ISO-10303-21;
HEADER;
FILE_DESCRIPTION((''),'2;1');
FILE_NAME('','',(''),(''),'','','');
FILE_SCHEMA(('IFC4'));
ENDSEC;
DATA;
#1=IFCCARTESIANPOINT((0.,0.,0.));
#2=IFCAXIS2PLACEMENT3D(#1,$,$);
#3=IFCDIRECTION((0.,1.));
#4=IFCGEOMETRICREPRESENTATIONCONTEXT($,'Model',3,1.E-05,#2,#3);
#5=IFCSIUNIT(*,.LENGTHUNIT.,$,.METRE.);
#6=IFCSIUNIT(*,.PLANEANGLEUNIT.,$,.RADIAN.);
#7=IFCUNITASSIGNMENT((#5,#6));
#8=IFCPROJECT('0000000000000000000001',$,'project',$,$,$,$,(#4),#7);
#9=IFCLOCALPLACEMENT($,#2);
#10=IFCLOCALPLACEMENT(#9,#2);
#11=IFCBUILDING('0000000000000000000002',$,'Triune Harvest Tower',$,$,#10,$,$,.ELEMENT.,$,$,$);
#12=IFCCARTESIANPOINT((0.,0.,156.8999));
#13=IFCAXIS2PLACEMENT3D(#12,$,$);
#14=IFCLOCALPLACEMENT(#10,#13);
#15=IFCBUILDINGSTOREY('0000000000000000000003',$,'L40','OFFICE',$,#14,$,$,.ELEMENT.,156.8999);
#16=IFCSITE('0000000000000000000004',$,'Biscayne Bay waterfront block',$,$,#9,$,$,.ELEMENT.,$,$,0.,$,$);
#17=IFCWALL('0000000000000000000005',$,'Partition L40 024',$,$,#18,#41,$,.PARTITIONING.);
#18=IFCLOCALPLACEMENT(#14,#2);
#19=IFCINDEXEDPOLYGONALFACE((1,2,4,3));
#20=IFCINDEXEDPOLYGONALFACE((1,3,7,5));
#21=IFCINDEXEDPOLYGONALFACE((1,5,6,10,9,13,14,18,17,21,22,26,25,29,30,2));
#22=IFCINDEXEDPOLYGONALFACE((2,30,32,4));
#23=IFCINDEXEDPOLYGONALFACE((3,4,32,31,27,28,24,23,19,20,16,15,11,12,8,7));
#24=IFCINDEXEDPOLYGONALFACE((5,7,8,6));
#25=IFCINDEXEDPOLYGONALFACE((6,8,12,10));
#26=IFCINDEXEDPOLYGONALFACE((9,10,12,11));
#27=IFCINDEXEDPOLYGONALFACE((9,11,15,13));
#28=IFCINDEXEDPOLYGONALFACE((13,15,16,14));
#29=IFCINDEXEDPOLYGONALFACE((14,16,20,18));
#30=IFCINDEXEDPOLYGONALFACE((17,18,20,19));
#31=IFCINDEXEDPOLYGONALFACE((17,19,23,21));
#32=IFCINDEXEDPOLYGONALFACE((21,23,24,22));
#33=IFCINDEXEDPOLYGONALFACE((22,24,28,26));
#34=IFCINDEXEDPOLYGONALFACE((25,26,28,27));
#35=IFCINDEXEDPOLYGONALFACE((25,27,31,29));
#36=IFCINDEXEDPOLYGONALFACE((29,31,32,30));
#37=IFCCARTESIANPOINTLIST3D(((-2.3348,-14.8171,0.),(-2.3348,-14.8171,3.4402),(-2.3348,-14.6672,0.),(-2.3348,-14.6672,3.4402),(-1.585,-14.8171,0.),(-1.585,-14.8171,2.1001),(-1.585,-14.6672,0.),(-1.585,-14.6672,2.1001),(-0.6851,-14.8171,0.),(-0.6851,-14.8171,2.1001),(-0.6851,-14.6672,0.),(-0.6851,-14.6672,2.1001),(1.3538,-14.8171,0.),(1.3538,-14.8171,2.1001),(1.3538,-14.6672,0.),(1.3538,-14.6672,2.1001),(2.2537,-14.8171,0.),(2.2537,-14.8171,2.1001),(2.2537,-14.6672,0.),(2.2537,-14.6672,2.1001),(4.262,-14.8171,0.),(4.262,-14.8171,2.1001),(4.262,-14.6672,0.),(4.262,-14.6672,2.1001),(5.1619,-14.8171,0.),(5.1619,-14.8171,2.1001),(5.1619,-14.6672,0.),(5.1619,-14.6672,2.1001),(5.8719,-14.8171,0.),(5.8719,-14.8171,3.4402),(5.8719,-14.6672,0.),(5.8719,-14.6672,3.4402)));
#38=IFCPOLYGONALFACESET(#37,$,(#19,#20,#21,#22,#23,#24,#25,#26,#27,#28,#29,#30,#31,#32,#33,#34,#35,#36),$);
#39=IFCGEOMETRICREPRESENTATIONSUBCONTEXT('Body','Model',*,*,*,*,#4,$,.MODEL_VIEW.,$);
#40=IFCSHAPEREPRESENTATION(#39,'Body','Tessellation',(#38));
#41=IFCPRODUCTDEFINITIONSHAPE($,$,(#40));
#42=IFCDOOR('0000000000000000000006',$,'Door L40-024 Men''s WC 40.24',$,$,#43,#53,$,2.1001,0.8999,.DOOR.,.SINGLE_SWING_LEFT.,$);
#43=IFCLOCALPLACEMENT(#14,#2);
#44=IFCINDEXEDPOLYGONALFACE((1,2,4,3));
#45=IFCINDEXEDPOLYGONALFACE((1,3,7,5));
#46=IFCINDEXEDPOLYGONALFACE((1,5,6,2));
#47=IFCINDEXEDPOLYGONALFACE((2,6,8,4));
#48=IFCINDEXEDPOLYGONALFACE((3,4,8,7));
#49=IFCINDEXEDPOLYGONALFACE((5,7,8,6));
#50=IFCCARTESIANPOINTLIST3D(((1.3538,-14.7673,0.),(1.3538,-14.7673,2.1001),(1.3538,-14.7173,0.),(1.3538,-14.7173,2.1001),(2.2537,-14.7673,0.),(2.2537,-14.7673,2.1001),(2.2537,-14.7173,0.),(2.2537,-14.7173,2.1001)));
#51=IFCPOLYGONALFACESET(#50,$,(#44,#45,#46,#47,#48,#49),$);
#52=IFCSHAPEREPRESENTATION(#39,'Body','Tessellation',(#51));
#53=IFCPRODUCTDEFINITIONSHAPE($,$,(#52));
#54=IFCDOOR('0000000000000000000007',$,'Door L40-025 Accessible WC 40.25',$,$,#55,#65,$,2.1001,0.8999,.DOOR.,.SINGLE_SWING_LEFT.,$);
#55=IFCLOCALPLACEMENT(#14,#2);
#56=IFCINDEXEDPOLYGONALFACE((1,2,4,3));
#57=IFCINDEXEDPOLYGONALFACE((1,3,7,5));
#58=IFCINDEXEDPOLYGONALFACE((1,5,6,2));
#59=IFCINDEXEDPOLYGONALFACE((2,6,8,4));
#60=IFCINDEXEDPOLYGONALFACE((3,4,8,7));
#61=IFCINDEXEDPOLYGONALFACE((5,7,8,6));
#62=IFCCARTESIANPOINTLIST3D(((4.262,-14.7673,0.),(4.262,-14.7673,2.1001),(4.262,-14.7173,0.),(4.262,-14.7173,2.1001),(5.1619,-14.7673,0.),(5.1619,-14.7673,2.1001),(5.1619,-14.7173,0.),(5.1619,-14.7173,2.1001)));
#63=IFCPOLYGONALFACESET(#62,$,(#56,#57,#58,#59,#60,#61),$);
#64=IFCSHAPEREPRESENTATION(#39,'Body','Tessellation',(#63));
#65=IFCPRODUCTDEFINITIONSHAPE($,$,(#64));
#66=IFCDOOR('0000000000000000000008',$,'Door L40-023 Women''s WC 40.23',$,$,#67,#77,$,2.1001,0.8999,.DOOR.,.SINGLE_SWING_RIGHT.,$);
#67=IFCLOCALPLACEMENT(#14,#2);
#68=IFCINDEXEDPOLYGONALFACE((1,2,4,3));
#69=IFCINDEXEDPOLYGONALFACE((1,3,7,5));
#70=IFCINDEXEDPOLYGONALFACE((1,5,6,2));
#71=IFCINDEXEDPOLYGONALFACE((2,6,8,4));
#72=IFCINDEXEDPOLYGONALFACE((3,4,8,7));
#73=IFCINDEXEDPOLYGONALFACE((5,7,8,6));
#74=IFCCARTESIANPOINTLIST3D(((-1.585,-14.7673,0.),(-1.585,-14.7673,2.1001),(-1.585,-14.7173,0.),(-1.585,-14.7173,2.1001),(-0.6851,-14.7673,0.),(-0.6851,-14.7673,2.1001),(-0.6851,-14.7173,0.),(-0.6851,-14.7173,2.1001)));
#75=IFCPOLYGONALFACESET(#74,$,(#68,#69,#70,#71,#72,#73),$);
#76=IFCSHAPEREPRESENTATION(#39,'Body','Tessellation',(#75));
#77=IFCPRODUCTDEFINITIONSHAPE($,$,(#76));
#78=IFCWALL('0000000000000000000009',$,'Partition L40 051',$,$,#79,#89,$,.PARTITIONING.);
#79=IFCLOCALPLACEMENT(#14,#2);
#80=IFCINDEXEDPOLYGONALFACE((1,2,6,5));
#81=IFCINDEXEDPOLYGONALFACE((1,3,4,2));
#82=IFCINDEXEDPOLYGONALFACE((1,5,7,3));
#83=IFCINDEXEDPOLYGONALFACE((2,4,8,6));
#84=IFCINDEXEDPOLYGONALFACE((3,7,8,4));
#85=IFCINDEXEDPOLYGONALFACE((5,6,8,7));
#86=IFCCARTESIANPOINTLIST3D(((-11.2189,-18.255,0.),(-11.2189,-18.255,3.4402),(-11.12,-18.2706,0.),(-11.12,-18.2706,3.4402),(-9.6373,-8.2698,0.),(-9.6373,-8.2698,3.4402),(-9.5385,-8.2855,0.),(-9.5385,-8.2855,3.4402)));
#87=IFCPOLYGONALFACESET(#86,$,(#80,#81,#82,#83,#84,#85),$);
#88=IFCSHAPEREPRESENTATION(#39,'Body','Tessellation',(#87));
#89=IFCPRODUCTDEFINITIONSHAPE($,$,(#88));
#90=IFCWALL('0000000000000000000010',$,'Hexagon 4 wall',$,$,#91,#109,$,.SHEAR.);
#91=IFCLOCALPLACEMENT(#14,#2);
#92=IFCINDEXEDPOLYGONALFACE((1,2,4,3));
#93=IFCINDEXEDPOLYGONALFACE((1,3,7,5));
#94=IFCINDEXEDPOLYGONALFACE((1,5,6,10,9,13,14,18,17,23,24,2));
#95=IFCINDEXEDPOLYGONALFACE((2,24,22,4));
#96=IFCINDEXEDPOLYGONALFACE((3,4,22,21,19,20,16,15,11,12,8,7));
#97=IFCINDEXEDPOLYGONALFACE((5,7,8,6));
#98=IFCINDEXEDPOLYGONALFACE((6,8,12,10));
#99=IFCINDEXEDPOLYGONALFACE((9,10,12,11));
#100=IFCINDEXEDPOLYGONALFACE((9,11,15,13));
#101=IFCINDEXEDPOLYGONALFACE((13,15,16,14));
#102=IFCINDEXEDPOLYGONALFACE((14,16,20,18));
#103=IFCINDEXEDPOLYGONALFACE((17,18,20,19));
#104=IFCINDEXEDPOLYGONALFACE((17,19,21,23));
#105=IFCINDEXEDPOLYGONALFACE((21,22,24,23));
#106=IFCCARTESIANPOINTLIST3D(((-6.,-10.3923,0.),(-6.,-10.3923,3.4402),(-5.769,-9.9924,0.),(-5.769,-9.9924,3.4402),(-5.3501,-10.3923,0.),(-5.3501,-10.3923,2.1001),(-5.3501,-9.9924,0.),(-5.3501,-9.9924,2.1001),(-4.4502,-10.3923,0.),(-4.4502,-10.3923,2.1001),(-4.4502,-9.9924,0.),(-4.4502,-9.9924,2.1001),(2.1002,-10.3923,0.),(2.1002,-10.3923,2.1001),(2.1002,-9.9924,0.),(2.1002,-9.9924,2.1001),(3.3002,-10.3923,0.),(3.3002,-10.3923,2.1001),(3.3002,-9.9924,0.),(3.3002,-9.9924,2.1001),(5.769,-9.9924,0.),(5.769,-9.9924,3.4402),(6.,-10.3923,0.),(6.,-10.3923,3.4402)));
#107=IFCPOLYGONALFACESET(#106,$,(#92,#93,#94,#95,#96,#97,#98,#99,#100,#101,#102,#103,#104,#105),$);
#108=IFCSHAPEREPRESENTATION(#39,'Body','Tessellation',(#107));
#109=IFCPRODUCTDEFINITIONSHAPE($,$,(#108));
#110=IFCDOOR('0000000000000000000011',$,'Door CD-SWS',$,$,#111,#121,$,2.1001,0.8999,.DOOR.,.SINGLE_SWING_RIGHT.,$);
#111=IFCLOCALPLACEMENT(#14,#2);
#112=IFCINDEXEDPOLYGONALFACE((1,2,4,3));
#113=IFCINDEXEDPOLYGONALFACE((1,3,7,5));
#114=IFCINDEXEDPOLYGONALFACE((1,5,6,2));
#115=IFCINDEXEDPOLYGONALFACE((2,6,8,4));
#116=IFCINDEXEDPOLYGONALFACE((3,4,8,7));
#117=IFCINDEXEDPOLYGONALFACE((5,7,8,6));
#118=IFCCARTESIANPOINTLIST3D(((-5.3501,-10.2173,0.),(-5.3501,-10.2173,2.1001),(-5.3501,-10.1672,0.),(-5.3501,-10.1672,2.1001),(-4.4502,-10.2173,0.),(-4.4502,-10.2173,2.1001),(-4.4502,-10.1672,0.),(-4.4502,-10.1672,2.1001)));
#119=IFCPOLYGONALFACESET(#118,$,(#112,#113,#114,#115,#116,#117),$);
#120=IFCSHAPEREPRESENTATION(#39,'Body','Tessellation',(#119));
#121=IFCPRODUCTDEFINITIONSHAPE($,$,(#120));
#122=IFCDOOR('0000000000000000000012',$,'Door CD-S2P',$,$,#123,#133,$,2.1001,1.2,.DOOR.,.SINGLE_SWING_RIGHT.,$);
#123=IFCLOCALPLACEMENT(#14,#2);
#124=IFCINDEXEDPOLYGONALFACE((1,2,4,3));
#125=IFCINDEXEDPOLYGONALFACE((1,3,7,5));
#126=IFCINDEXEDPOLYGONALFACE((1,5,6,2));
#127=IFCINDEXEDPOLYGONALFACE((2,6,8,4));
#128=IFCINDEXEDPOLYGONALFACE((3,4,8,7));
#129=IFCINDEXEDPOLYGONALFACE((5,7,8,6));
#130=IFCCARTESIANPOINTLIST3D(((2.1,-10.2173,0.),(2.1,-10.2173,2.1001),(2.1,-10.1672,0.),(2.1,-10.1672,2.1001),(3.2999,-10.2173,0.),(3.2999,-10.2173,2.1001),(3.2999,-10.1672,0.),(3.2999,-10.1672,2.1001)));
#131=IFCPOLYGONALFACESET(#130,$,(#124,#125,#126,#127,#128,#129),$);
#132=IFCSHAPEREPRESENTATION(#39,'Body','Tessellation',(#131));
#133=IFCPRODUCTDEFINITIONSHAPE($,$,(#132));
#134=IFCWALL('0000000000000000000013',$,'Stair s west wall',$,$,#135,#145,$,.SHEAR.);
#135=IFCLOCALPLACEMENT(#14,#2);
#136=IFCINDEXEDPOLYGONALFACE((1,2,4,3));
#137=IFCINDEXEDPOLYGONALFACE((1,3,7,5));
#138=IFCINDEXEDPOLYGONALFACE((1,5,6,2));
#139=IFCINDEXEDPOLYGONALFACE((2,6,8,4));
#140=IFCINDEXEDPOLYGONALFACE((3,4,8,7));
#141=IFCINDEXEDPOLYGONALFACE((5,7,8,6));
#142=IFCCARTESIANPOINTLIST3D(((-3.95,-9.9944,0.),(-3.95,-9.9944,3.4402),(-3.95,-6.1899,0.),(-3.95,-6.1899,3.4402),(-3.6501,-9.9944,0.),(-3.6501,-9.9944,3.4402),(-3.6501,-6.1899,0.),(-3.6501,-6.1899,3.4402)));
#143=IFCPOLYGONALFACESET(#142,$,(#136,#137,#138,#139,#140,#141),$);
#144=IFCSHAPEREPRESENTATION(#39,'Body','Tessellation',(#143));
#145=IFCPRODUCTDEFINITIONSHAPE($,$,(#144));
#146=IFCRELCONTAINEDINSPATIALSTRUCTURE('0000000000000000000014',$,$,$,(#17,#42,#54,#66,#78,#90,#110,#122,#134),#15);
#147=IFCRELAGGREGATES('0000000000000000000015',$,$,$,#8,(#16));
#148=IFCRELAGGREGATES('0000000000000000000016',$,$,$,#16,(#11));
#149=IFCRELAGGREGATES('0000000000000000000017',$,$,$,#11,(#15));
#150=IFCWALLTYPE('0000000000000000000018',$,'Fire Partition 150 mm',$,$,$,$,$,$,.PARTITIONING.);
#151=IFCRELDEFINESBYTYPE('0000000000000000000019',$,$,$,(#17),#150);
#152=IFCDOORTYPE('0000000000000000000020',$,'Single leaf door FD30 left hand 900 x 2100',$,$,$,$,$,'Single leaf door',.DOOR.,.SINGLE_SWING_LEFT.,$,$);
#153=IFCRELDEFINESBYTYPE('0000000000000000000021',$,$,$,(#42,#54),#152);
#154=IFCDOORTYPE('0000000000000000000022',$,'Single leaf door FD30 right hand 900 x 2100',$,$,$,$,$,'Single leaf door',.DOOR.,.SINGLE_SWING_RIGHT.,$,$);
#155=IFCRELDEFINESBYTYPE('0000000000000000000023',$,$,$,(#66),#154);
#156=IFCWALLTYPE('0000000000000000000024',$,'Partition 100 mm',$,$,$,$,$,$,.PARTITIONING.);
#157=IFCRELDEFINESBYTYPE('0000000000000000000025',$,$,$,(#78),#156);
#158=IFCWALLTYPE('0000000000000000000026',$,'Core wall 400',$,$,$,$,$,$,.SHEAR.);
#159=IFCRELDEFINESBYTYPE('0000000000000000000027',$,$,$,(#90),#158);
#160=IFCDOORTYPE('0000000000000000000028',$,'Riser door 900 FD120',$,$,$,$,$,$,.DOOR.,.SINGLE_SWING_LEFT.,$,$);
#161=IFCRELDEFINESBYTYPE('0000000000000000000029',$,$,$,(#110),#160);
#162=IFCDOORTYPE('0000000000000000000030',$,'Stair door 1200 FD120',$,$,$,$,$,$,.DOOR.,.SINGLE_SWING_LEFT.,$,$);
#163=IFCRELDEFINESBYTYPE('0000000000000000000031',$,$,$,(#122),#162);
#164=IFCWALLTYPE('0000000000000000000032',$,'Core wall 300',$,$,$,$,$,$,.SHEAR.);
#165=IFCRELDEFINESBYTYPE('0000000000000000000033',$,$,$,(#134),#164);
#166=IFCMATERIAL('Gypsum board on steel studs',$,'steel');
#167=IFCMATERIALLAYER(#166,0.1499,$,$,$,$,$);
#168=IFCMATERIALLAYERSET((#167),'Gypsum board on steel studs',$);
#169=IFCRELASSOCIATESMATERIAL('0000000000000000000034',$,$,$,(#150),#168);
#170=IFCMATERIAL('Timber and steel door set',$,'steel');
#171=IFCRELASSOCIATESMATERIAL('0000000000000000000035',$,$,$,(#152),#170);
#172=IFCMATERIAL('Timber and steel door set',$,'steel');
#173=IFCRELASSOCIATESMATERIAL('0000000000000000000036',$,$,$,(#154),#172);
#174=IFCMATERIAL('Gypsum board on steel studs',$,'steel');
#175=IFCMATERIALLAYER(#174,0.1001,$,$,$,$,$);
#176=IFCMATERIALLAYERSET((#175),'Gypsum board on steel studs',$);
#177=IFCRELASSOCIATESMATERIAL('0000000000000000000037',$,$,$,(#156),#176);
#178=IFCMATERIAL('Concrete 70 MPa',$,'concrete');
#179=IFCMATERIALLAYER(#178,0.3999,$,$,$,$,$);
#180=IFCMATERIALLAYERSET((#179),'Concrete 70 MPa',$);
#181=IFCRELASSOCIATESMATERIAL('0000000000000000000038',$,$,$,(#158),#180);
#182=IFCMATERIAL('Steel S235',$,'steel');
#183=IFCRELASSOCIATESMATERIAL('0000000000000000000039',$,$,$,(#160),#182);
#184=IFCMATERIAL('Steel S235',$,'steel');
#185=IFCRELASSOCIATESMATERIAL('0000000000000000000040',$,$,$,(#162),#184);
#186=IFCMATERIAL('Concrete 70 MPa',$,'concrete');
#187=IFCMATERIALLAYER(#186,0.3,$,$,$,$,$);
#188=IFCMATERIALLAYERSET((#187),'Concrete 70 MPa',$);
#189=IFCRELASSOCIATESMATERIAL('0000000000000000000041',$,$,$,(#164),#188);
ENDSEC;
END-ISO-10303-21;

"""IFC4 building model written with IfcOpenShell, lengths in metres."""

from ifc_helpers import new_model, si_unit, direction, frame, frame_2d, origin, place, context, subcontext, project, spatial, polyline, rectangle, outline, extrude, source, transform, mapped, material, layer, layer_set, type_object, element, fill, save


model = new_model("IFC4")

# Units and contexts
model_context = context("Model", 3, precision=1e-05, world=origin(), true_north=direction((0.0, 1.0)))
body_context = subcontext(model_context, "Body", "Model", "MODEL_VIEW")
ifc_project = project(units=[si_unit("LENGTHUNIT", "METRE"), si_unit("PLANEANGLEUNIT", "RADIAN")], contexts=[model_context])

# Site, building, storey
site_placement = place(None, origin())
site = spatial("IfcSite", under=ifc_project, at=site_placement, Name="Biscayne Bay waterfront block", CompositionType="ELEMENT", RefElevation=0.0)
building_placement = place(site_placement, origin())
building = spatial("IfcBuilding", under=site, at=building_placement, Name="Triune Harvest Tower", CompositionType="ELEMENT")
storey_placement = place(building_placement, frame((0.0, 0.0, 156.8999)))
storey = spatial("IfcBuildingStorey", under=building, at=storey_placement, Name="L40", Description="OFFICE", CompositionType="ELEMENT", Elevation=156.8999)

# Wall, openings, doors
ifc_material_1 = material(Name="Gypsum board on steel studs", Category="steel")
ifc_layer_1 = layer(ifc_material_1, 0.1499)
ifc_layer_set_1 = layer_set([ifc_layer_1], Name="Gypsum board on steel studs")
wall_type_1 = type_object("IfcWallType", Name="Fire Partition 150 mm", PredefinedType="PARTITIONING", material=ifc_layer_set_1)
wall_1_placement = place(storey_placement, frame((-2.335, -14.7422, 0.0), z_axis=(0.0, 0.0, 1.0), x_axis=(1.0, 0.0, 0.0)))
wall_1 = element("IfcWall", 1, at=wall_1_placement, inside=storey, type_object=wall_type_1, Name="Partition L40 024", PredefinedType="PARTITIONING", context=body_context, shape_type="SweptSolid", body=[
    extrude(rectangle(XDim=8.2068, YDim=0.1499, at=frame_2d((4.1035, 0.0))), origin(), (0.0, 0.0, 1.0), 3.4402),
])
opening_1_placement = place(wall_1_placement, frame((0.75, 0.0, 0.0)))
opening_1 = element("IfcOpeningElement", 2, at=opening_1_placement, cuts=wall_1, PredefinedType="OPENING", context=body_context, shape_type="SweptSolid", body=[
    extrude(rectangle(XDim=0.8999, YDim=2.1001, at=frame_2d((0.45, 1.05))), frame((0.0, 0.085, 0.0), z_axis=(0.0, -1.0, 0.0), x_axis=(1.0, 0.0, 0.0)), (0.0, 0.0, 1.0), 0.1699),
])
opening_2_placement = place(wall_1_placement, frame((3.6887, 0.0, 0.0)))
opening_2 = element("IfcOpeningElement", 3, at=opening_2_placement, cuts=wall_1, PredefinedType="OPENING", context=body_context, shape_type="SweptSolid", body=[
    extrude(rectangle(XDim=0.8999, YDim=2.1001, at=frame_2d((0.45, 1.05))), frame((0.0, 0.085, 0.0), z_axis=(0.0, -1.0, 0.0), x_axis=(1.0, 0.0, 0.0)), (0.0, 0.0, 1.0), 0.1699),
])
opening_3_placement = place(wall_1_placement, frame((6.5969, 0.0, 0.0)))
opening_3 = element("IfcOpeningElement", 4, at=opening_3_placement, cuts=wall_1, PredefinedType="OPENING", context=body_context, shape_type="SweptSolid", body=[
    extrude(rectangle(XDim=0.8999, YDim=2.1001, at=frame_2d((0.45, 1.05))), frame((0.0, 0.085, 0.0), z_axis=(0.0, -1.0, 0.0), x_axis=(1.0, 0.0, 0.0)), (0.0, 0.0, 1.0), 0.1699),
])
ifc_material_2 = material(Name="Timber and steel door set", Category="steel")
door_type_1 = type_object("IfcDoorType", Name="Single leaf door FD30 left hand 900 x 2100", ElementType="Single leaf door", OperationType="SINGLE_SWING_LEFT", PredefinedType="DOOR", material=ifc_material_2)
door_1_placement = place(opening_2_placement, origin())
door_1 = element("IfcDoor", 5, at=door_1_placement, inside=storey, type_object=door_type_1, Name="Door L40-024 Men's WC 40.24", OperationType="SINGLE_SWING_LEFT", OverallHeight=2.1001, OverallWidth=0.8999, PredefinedType="DOOR", context=body_context, shape_type="SweptSolid", body=[
    extrude(rectangle(XDim=0.8999, YDim=2.1001, at=frame_2d((0.45, 1.05))), frame((0.0, 0.0249, 0.0), z_axis=(0.0, -1.0, 0.0), x_axis=(1.0, 0.0, 0.0)), (0.0, 0.0, 1.0), 0.05),
])
fill(opening_2, door_1)
door_2_placement = place(opening_3_placement, origin())
door_2 = element("IfcDoor", 6, at=door_2_placement, inside=storey, type_object=door_type_1, Name="Door L40-025 Accessible WC 40.25", OperationType="SINGLE_SWING_LEFT", OverallHeight=2.1001, OverallWidth=0.8999, PredefinedType="DOOR", context=body_context, shape_type="SweptSolid", body=[
    extrude(rectangle(XDim=0.8999, YDim=2.1001, at=frame_2d((0.45, 1.05))), frame((0.0, 0.0249, 0.0), z_axis=(0.0, -1.0, 0.0), x_axis=(1.0, 0.0, 0.0)), (0.0, 0.0, 1.0), 0.05),
])
fill(opening_3, door_2)
ifc_material_3 = material(Name="Timber and steel door set", Category="steel")
door_type_2 = type_object("IfcDoorType", Name="Single leaf door FD30 right hand 900 x 2100", ElementType="Single leaf door", OperationType="SINGLE_SWING_RIGHT", PredefinedType="DOOR", material=ifc_material_3)
door_3_placement = place(opening_1_placement, origin())
door_3 = element("IfcDoor", 7, at=door_3_placement, inside=storey, type_object=door_type_2, Name="Door L40-023 Women's WC 40.23", OperationType="SINGLE_SWING_RIGHT", OverallHeight=2.1001, OverallWidth=0.8999, PredefinedType="DOOR", context=body_context, shape_type="SweptSolid", body=[
    extrude(rectangle(XDim=0.8999, YDim=2.1001, at=frame_2d((0.45, 1.05))), frame((0.0, 0.0249, 0.0), z_axis=(0.0, -1.0, 0.0), x_axis=(1.0, 0.0, 0.0)), (0.0, 0.0, 1.0), 0.05),
])
fill(opening_1, door_3)

# Wall
ifc_material_4 = material(Name="Gypsum board on steel studs", Category="steel")
ifc_layer_2 = layer(ifc_material_4, 0.1001)
ifc_layer_set_2 = layer_set([ifc_layer_2], Name="Gypsum board on steel studs")
wall_type_2 = type_object("IfcWallType", Name="Partition 100 mm", PredefinedType="PARTITIONING", material=ifc_layer_set_2)
wall_2_placement = place(storey_placement, frame((-11.1694, -18.2627, 0.0), z_axis=(0.0, 0.0, 1.0), x_axis=(0.15644, 0.987687, 0.0)))
element("IfcWall", 8, at=wall_2_placement, inside=storey, type_object=wall_type_2, Name="Partition L40 051", PredefinedType="PARTITIONING", context=body_context, shape_type="SweptSolid", body=[
    extrude(rectangle(XDim=10.1096, YDim=0.1001, at=frame_2d((5.0547, 0.0))), origin(), (0.0, 0.0, 1.0), 3.4402),
])

# Wall, openings, doors
ifc_material_5 = material(Name="Concrete 70 MPa", Category="concrete")
ifc_layer_3 = layer(ifc_material_5, 0.3999)
ifc_layer_set_3 = layer_set([ifc_layer_3], Name="Concrete 70 MPa")
wall_type_3 = type_object("IfcWallType", Name="Core wall 400", PredefinedType="SHEAR", material=ifc_layer_set_3)
shared_shape_1 = source(origin(), body_context, "Body", "SweptSolid", [
    extrude(outline(polyline([(-0.1155, -0.2), (11.8845, -0.2), (11.6536, 0.2), (0.1155, 0.2), (-0.1155, -0.2)])), origin(), (0.0, 0.0, 1.0), 3.4402),
])
wall_3_placement = place(storey_placement, frame((-5.8845, -10.1924, 0.0), z_axis=(0.0, 0.0, 1.0), x_axis=(1.0, 0.0, 0.0)))
wall_3 = element("IfcWall", 9, at=wall_3_placement, inside=storey, type_object=wall_type_3, Name="Hexagon 4 wall", PredefinedType="SHEAR", context=body_context, shape_type="MappedRepresentation", body=[
    mapped(shared_shape_1, transform((0.0, 0.0, 0.0), scale=1.0)),
])
opening_4_placement = place(wall_3_placement, frame((7.9846, 0.0, 0.0)))
opening_4 = element("IfcOpeningElement", 10, at=opening_4_placement, cuts=wall_3, PredefinedType="OPENING", context=body_context, shape_type="SweptSolid", body=[
    extrude(rectangle(XDim=1.2, YDim=2.1001, at=frame_2d((0.6001, 1.05))), frame((0.0, 0.21, 0.0), z_axis=(0.0, -1.0, 0.0), x_axis=(1.0, 0.0, 0.0)), (0.0, 0.0, 1.0), 0.4199),
])
opening_5_placement = place(wall_3_placement, frame((0.5344, 0.0, 0.0)))
opening_5 = element("IfcOpeningElement", 11, at=opening_5_placement, cuts=wall_3, PredefinedType="OPENING", context=body_context, shape_type="SweptSolid", body=[
    extrude(rectangle(XDim=0.8999, YDim=2.1001, at=frame_2d((0.45, 1.05))), frame((0.0, 0.21, 0.0), z_axis=(0.0, -1.0, 0.0), x_axis=(1.0, 0.0, 0.0)), (0.0, 0.0, 1.0), 0.4199),
])
ifc_material_6 = material(Name="Steel S235", Category="steel")
door_type_3 = type_object("IfcDoorType", Name="Riser door 900 FD120", OperationType="SINGLE_SWING_LEFT", PredefinedType="DOOR", material=ifc_material_6)
door_4_placement = place(opening_5_placement, frame((0.8999, 0.0, 0.0), z_axis=(0.0, 0.0, 1.0), x_axis=(-1.0, 0.0, 0.0)))
door_4 = element("IfcDoor", 12, at=door_4_placement, inside=storey, type_object=door_type_3, Name="Door CD-SWS", OperationType="SINGLE_SWING_RIGHT", OverallHeight=2.1001, OverallWidth=0.8999, PredefinedType="DOOR", context=body_context, shape_type="SweptSolid", body=[
    extrude(rectangle(XDim=0.8999, YDim=2.1001, at=frame_2d((0.45, 1.05))), frame((0.0, 0.0249, 0.0), z_axis=(0.0, -1.0, 0.0), x_axis=(1.0, 0.0, 0.0)), (0.0, 0.0, 1.0), 0.05),
])
fill(opening_5, door_4)
ifc_material_7 = material(Name="Steel S235", Category="steel")
door_type_4 = type_object("IfcDoorType", Name="Stair door 1200 FD120", OperationType="SINGLE_SWING_LEFT", PredefinedType="DOOR", material=ifc_material_7)
door_5_placement = place(opening_4_placement, frame((1.2, 0.0, 0.0), z_axis=(0.0, 0.0, 1.0), x_axis=(-1.0, 0.0, 0.0)))
door_5 = element("IfcDoor", 13, at=door_5_placement, inside=storey, type_object=door_type_4, Name="Door CD-S2P", OperationType="SINGLE_SWING_RIGHT", OverallHeight=2.1001, OverallWidth=1.2, PredefinedType="DOOR", context=body_context, shape_type="SweptSolid", body=[
    extrude(rectangle(XDim=1.2, YDim=2.1001, at=frame_2d((0.6001, 1.05))), frame((0.0, 0.0249, 0.0), z_axis=(0.0, -1.0, 0.0), x_axis=(1.0, 0.0, 0.0)), (0.0, 0.0, 1.0), 0.05),
])
fill(opening_4, door_5)

# Wall
ifc_material_8 = material(Name="Concrete 70 MPa", Category="concrete")
ifc_layer_4 = layer(ifc_material_8, 0.3)
ifc_layer_set_4 = layer_set([ifc_layer_4], Name="Concrete 70 MPa")
wall_type_4 = type_object("IfcWallType", Name="Core wall 300", PredefinedType="SHEAR", material=ifc_layer_set_4)
shared_shape_2 = source(origin(), body_context, "Body", "SweptSolid", [
    extrude(outline(polyline([(3.8, -0.1499), (-0.0044, -0.1499), (-0.0044, 0.1499), (3.8, 0.1499), (3.8, -0.1499)])), origin(), (0.0, 0.0, 1.0), 3.4402),
])
wall_4_placement = place(storey_placement, frame((-3.8, -9.99, 0.0), z_axis=(0.0, 0.0, 1.0), x_axis=(0.0, 1.0, 0.0)))
element("IfcWall", 14, at=wall_4_placement, inside=storey, type_object=wall_type_4, Name="Stair s west wall", PredefinedType="SHEAR", context=body_context, shape_type="MappedRepresentation", body=[
    mapped(shared_shape_2, transform((0.0, 0.0, 0.0), scale=1.0)),
])

save(model, "model.ifc")
